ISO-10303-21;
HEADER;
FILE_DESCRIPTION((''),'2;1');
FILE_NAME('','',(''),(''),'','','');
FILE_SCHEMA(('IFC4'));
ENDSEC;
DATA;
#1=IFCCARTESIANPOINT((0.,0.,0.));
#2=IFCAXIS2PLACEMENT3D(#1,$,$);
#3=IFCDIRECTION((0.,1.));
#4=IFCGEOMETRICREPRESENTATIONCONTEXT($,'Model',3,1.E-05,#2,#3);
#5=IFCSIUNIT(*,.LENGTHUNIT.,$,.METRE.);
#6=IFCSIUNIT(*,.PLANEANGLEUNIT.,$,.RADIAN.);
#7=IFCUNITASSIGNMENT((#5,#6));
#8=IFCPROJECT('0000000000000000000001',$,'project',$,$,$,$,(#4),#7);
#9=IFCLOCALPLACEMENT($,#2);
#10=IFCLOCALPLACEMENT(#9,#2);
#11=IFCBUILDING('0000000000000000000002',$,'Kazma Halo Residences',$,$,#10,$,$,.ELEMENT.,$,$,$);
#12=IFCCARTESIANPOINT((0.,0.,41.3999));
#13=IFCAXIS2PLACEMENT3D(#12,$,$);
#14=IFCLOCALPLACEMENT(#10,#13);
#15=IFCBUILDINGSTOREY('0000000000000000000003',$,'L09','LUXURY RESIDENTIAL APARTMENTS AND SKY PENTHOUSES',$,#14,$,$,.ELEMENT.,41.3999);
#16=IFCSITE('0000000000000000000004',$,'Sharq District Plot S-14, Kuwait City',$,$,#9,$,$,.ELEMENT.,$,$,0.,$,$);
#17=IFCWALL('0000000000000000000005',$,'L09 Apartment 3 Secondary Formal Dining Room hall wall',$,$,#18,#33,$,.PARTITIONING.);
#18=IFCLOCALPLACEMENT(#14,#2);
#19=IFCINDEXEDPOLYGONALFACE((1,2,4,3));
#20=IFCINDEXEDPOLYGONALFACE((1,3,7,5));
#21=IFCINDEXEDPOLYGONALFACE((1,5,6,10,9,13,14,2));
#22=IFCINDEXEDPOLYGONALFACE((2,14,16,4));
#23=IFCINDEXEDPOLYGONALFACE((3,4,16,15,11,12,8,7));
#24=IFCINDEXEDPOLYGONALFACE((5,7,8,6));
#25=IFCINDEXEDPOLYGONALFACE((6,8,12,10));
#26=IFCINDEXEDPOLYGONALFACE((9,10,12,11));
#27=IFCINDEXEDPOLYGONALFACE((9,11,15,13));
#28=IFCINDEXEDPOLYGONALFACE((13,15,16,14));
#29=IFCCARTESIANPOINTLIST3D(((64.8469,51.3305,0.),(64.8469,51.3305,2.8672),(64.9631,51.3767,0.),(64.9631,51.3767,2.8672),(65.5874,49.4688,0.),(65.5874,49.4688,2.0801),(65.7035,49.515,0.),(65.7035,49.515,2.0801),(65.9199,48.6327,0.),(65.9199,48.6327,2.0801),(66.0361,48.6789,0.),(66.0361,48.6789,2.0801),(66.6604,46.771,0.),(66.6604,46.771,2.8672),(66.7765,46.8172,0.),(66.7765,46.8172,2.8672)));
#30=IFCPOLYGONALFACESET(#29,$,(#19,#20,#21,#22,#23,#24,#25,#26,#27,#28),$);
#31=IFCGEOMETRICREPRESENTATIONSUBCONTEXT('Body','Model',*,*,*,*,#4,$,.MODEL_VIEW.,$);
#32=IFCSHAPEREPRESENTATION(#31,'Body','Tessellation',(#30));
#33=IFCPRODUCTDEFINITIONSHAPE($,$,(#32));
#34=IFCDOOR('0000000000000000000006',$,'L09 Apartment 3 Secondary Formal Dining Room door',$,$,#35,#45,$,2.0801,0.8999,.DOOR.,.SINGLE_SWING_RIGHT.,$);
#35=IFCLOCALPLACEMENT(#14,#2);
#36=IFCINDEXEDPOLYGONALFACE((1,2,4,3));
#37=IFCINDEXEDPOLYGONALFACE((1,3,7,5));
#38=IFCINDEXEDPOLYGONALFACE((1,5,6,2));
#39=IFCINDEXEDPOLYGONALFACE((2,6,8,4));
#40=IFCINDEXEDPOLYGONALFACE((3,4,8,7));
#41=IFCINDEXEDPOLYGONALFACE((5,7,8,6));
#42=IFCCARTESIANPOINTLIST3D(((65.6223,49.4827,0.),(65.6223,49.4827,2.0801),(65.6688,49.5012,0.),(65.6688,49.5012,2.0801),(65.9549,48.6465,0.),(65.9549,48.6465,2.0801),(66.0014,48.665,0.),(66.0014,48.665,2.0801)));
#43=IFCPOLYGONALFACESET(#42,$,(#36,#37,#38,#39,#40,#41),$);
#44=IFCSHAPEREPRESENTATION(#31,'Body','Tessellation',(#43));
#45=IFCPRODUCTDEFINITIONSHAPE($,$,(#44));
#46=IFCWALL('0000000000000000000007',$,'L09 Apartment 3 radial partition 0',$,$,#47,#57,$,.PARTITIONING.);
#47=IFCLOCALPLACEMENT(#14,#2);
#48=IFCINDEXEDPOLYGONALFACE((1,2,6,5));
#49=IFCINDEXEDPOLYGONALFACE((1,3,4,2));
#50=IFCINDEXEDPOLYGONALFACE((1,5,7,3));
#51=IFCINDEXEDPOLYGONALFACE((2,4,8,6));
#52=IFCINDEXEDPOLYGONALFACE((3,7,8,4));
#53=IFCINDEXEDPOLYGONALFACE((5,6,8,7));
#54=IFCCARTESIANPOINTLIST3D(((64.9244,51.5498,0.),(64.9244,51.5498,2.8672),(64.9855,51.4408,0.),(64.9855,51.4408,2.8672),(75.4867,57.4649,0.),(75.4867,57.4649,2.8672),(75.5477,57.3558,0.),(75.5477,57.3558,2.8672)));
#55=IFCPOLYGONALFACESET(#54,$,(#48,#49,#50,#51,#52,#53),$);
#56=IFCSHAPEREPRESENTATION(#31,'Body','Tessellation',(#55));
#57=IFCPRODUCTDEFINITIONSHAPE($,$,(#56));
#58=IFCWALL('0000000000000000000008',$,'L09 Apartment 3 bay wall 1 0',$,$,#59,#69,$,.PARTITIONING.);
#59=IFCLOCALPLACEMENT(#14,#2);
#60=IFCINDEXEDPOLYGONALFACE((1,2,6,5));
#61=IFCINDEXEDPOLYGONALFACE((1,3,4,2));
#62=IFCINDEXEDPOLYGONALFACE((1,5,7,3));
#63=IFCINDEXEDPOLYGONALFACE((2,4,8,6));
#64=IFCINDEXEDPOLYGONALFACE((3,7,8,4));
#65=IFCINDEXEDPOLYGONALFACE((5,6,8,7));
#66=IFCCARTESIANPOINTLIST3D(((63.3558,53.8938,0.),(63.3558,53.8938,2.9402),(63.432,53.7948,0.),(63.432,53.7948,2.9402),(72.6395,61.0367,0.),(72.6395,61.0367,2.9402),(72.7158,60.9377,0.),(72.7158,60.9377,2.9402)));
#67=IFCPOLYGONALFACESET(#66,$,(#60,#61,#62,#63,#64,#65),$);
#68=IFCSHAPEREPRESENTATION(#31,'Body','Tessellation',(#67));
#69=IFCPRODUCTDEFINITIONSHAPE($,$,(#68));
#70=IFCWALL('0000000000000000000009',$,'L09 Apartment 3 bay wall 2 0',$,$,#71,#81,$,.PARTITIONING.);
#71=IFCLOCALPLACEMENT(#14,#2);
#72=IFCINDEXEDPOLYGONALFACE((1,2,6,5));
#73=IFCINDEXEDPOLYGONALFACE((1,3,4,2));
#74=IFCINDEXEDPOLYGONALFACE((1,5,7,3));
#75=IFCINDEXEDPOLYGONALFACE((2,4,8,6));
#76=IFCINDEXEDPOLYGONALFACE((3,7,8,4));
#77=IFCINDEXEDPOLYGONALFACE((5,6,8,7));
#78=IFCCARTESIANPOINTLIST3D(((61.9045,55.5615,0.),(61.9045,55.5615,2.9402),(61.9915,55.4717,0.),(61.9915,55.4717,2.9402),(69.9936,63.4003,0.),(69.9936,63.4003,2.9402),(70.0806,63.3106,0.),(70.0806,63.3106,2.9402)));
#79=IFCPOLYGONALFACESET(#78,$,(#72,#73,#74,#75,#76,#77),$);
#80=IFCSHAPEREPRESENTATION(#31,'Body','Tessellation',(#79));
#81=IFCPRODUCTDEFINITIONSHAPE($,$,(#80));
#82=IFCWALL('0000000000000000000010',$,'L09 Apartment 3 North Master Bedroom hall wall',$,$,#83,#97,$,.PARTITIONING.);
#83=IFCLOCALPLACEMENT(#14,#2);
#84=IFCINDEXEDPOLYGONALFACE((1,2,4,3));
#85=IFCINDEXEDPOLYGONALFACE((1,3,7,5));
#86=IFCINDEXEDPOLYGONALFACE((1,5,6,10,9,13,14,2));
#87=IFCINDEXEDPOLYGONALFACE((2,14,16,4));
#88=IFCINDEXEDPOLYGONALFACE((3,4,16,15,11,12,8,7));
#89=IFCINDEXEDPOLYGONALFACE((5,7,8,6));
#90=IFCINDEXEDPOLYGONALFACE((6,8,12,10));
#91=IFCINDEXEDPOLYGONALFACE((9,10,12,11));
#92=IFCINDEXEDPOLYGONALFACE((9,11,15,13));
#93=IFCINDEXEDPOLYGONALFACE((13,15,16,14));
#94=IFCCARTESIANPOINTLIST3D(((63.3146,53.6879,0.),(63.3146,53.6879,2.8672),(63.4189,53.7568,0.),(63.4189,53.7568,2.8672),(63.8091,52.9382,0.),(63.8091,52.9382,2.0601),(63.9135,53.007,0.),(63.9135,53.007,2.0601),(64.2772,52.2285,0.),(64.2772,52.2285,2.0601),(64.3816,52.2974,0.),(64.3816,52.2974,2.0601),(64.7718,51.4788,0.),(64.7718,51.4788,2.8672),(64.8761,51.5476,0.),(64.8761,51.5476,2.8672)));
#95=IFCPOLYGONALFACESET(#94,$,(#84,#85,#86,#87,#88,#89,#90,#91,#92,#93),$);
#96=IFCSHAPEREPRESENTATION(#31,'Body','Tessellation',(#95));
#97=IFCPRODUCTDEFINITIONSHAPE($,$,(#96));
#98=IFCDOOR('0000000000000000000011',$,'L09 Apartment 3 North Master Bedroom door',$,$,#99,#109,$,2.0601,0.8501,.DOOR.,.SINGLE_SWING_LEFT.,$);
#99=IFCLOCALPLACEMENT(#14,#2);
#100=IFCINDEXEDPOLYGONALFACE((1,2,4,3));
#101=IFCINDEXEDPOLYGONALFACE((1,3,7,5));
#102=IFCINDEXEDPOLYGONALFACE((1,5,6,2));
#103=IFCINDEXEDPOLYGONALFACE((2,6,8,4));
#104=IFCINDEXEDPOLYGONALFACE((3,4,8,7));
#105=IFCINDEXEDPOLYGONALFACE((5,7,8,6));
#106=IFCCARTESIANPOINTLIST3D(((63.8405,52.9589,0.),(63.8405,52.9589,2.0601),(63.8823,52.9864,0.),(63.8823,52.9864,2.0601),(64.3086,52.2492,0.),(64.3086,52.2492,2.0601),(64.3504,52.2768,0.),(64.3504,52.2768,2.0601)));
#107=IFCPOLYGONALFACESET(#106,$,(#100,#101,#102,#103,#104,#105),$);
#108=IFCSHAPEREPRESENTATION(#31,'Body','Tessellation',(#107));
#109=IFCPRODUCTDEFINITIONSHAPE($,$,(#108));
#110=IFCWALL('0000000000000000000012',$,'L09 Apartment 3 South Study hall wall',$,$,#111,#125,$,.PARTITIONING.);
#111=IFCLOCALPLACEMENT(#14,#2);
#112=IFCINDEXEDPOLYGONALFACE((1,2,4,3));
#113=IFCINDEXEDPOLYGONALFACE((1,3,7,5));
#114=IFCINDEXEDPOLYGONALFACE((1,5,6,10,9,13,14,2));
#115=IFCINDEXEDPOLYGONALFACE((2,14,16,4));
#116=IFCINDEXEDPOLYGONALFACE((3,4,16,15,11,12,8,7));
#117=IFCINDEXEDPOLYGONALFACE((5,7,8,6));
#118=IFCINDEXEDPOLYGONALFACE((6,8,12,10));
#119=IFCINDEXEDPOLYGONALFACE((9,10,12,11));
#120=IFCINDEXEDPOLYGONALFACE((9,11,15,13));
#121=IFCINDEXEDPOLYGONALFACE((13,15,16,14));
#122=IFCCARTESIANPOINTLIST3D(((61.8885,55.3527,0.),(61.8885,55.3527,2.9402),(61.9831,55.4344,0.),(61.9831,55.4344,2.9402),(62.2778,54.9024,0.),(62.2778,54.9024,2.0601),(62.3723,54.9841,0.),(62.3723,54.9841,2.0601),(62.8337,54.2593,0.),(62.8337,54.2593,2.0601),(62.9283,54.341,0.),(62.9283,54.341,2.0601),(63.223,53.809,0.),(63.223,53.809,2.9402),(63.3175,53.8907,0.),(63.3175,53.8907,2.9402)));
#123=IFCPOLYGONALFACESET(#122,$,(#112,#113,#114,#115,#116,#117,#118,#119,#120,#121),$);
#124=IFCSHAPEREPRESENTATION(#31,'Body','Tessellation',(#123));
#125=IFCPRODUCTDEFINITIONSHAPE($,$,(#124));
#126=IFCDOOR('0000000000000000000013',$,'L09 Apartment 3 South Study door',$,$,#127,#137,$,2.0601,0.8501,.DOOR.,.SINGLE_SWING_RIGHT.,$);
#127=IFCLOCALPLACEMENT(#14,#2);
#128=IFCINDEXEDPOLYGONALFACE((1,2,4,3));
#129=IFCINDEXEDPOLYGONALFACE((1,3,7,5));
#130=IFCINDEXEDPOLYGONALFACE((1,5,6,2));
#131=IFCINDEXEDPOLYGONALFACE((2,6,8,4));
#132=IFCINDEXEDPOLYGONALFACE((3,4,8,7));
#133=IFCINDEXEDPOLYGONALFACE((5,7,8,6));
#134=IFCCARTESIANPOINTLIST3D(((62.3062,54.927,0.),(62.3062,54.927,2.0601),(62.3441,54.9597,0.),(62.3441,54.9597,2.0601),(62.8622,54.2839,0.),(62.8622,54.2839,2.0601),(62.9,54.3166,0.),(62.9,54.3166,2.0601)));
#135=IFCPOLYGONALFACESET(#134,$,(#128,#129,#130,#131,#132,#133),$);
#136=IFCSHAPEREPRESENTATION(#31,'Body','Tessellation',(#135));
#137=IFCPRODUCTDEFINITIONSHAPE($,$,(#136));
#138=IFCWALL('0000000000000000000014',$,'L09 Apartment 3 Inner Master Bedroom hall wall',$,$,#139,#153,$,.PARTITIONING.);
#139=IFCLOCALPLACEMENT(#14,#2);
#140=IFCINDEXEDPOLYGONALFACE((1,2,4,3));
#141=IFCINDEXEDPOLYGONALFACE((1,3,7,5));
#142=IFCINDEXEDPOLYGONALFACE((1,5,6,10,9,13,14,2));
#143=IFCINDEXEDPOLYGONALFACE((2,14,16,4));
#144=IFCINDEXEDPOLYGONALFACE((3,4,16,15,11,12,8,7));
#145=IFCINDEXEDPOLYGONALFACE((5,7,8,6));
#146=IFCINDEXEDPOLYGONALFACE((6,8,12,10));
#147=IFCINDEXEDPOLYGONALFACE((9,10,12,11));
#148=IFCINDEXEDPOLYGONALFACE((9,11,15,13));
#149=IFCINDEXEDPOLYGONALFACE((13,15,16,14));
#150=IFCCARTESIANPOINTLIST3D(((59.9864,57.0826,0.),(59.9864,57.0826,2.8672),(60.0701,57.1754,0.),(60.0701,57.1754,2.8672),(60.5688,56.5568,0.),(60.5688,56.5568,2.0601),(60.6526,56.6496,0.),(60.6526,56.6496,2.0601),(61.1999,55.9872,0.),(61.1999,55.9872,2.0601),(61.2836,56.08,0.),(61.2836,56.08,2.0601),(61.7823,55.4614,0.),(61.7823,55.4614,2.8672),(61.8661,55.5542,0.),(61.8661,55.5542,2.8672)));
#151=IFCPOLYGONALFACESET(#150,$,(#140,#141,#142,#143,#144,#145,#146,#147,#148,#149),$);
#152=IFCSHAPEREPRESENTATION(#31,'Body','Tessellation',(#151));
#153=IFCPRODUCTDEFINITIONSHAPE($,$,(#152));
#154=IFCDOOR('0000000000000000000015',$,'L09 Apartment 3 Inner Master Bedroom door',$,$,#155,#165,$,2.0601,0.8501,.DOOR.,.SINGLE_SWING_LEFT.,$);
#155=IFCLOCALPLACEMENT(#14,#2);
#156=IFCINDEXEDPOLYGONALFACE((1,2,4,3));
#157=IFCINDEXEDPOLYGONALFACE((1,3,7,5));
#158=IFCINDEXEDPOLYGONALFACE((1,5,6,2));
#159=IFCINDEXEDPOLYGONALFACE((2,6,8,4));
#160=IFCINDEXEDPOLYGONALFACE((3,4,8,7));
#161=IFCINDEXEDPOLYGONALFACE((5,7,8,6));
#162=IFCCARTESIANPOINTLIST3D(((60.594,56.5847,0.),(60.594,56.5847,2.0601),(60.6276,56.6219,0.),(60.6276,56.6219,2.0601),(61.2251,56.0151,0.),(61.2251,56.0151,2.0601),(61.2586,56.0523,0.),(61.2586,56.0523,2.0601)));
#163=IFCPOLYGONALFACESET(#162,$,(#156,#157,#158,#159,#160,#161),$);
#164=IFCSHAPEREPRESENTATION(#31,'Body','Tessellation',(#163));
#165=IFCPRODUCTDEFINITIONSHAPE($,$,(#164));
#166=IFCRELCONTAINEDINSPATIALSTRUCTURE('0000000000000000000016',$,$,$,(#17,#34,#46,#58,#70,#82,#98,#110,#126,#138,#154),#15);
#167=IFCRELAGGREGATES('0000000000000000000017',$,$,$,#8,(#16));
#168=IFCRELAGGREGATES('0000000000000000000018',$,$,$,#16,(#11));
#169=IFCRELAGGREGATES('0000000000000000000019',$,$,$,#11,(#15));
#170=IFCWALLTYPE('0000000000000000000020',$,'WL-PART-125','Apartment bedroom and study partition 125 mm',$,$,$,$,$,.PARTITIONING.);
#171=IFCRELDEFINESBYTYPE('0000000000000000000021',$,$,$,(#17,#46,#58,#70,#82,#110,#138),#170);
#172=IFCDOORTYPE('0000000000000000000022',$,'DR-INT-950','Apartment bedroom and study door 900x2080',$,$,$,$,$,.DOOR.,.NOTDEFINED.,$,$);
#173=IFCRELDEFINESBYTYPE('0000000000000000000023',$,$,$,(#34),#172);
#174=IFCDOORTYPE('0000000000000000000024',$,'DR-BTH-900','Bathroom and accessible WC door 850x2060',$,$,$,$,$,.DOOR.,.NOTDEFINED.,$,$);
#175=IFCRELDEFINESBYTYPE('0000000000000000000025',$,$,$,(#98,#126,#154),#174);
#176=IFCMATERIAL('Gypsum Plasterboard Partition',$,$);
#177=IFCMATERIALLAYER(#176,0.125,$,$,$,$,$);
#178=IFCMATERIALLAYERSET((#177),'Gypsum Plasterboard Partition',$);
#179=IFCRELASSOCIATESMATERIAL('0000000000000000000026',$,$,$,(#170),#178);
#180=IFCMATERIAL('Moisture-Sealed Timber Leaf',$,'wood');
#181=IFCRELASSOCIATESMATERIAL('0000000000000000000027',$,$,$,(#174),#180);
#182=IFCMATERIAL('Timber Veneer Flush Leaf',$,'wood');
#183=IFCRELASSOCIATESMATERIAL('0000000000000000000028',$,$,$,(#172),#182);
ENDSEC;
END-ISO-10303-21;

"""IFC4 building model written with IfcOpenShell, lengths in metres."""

from ifc_helpers import new_model, si_unit, direction, frame, frame_2d, origin, place, context, subcontext, project, spatial, rectangle, extrude, material, layer, layer_set, type_object, element, fill, save


model = new_model("IFC4")

# Units and contexts
model_context = context("Model", 3, precision=1e-05, world=origin(), true_north=direction((0.0, 1.0)))
body_context = subcontext(model_context, "Body", "Model", "MODEL_VIEW")
ifc_project = project(units=[si_unit("LENGTHUNIT", "METRE"), si_unit("PLANEANGLEUNIT", "RADIAN")], contexts=[model_context])

# Site, building, storey
site_placement = place(None, origin())
site = spatial("IfcSite", under=ifc_project, at=site_placement, Name="Sharq District Plot S-14, Kuwait City", CompositionType="ELEMENT", RefElevation=0.0)
building_placement = place(site_placement, origin())
building = spatial("IfcBuilding", under=site, at=building_placement, Name="Kazma Halo Residences", CompositionType="ELEMENT")
storey_placement = place(building_placement, frame((0.0, 0.0, 41.3999)))
storey = spatial("IfcBuildingStorey", under=building, at=storey_placement, Name="L09", Description="LUXURY RESIDENTIAL APARTMENTS AND SKY PENTHOUSES", CompositionType="ELEMENT", Elevation=41.3999)

# Shared definitions
ifc_material_1 = material(Name="Gypsum Plasterboard Partition")
ifc_layer_1 = layer(ifc_material_1, 0.125)
ifc_layer_set_1 = layer_set([ifc_layer_1], Name="Gypsum Plasterboard Partition")
wall_type_1 = type_object("IfcWallType", Name="WL-PART-125", Description="Apartment bedroom and study partition 125 mm", PredefinedType="PARTITIONING", material=ifc_layer_set_1)

# Wall, opening, door
ifc_material_2 = material(Name="Moisture-Sealed Timber Leaf", Category="wood")
door_type_1 = type_object("IfcDoorType", Name="DR-BTH-900", Description="Bathroom and accessible WC door 850x2060", OperationType="NOTDEFINED", PredefinedType="DOOR", material=ifc_material_2)
wall_1_placement = place(storey_placement, frame((66.7185, 46.7939, 0.0), z_axis=(0.0, 0.0, 1.0), x_axis=(-0.369571, 0.929202, 0.0)))
wall_1 = element("IfcWall", 1, at=wall_1_placement, inside=storey, type_object=wall_type_1, Name="L09 Apartment 3 Secondary Formal Dining Room hall wall", PredefinedType="PARTITIONING", context=body_context, shape_type="SweptSolid", body=[
    extrude(rectangle(XDim=4.907, YDim=0.125, at=frame_2d((2.4536, 0.0))), origin(), (0.0, 0.0, 1.0), 2.8672),
])
opening_1_placement = place(wall_1_placement, frame((2.0037, 0.0, 0.0)))
opening_1 = element("IfcOpeningElement", 2, at=opening_1_placement, cuts=wall_1, PredefinedType="OPENING", context=body_context, shape_type="SweptSolid", body=[
    extrude(rectangle(XDim=0.8999, YDim=2.0801, at=frame_2d((0.45, 1.04))), frame((0.0, 0.0725, 0.0), z_axis=(0.0, -1.0, 0.0), x_axis=(1.0, 0.0, 0.0)), (0.0, 0.0, 1.0), 0.145),
])
ifc_material_3 = material(Name="Timber Veneer Flush Leaf", Category="wood")
door_type_2 = type_object("IfcDoorType", Name="DR-INT-950", Description="Apartment bedroom and study door 900x2080", OperationType="NOTDEFINED", PredefinedType="DOOR", material=ifc_material_3)
door_1_placement = place(opening_1_placement, origin())
door_1 = element("IfcDoor", 3, at=door_1_placement, inside=storey, type_object=door_type_2, Name="L09 Apartment 3 Secondary Formal Dining Room door", OperationType="SINGLE_SWING_RIGHT", OverallHeight=2.0801, OverallWidth=0.8999, PredefinedType="DOOR", context=body_context, shape_type="SweptSolid", body=[
    extrude(rectangle(XDim=0.8999, YDim=2.0801, at=frame_2d((0.45, 1.04))), frame((0.0, 0.0249, 0.0), z_axis=(0.0, -1.0, 0.0), x_axis=(1.0, 0.0, 0.0)), (0.0, 0.0, 1.0), 0.05),
])
fill(opening_1, door_1)

# Walls
wall_2_placement = place(storey_placement, frame((64.9551, 51.4954, 0.0), z_axis=(0.0, 0.0, 1.0), x_axis=(0.8725, 0.488614, 0.0)))
element("IfcWall", 4, at=wall_2_placement, inside=storey, type_object=wall_type_1, Name="L09 Apartment 3 radial partition 0", PredefinedType="PARTITIONING", context=body_context, shape_type="SweptSolid", body=[
    extrude(rectangle(XDim=12.1057, YDim=0.125, at=frame_2d((6.0527, 0.0))), origin(), (0.0, 0.0, 1.0), 2.8672),
])
wall_3_placement = place(storey_placement, frame((63.3938, 53.8442, 0.0), z_axis=(0.0, 0.0, 1.0), x_axis=(0.792561, 0.609792, 0.0)))
element("IfcWall", 5, at=wall_3_placement, inside=storey, type_object=wall_type_1, Name="L09 Apartment 3 bay wall 1 0", PredefinedType="PARTITIONING", context=body_context, shape_type="SweptSolid", body=[
    extrude(rectangle(XDim=11.7136, YDim=0.125, at=frame_2d((5.8569, 0.0))), origin(), (0.0, 0.0, 1.0), 2.9402),
])
wall_4_placement = place(storey_placement, frame((61.948, 55.5166, 0.0), z_axis=(0.0, 0.0, 1.0), x_axis=(0.718127, 0.695912, 0.0)))
element("IfcWall", 6, at=wall_4_placement, inside=storey, type_object=wall_type_1, Name="L09 Apartment 3 bay wall 2 0", PredefinedType="PARTITIONING", context=body_context, shape_type="SweptSolid", body=[
    extrude(rectangle(XDim=11.2642, YDim=0.125, at=frame_2d((5.6321, 0.0))), origin(), (0.0, 0.0, 1.0), 2.9402),
])

# Walls, openings, doors
wall_5_placement = place(storey_placement, frame((64.824, 51.5132, 0.0), z_axis=(0.0, 0.0, 1.0), x_axis=(-0.550628, 0.834751, 0.0)))
wall_5 = element("IfcWall", 7, at=wall_5_placement, inside=storey, type_object=wall_type_1, Name="L09 Apartment 3 North Master Bedroom hall wall", PredefinedType="PARTITIONING", context=body_context, shape_type="SweptSolid", body=[
    extrude(rectangle(XDim=2.6465, YDim=0.125, at=frame_2d((1.3232, 0.0))), origin(), (0.0, 0.0, 1.0), 2.8672),
])
opening_2_placement = place(wall_5_placement, frame((0.8982, 0.0, 0.0)))
opening_2 = element("IfcOpeningElement", 8, at=opening_2_placement, cuts=wall_5, PredefinedType="OPENING", context=body_context, shape_type="SweptSolid", body=[
    extrude(rectangle(XDim=0.8501, YDim=2.0601, at=frame_2d((0.425, 1.03))), frame((0.0, 0.0725, 0.0), z_axis=(0.0, -1.0, 0.0), x_axis=(1.0, 0.0, 0.0)), (0.0, 0.0, 1.0), 0.145),
])
door_2_placement = place(opening_2_placement, origin())
door_2 = element("IfcDoor", 9, at=door_2_placement, inside=storey, type_object=door_type_1, Name="L09 Apartment 3 North Master Bedroom door", OperationType="SINGLE_SWING_LEFT", OverallHeight=2.0601, OverallWidth=0.8501, PredefinedType="DOOR", context=body_context, shape_type="SweptSolid", body=[
    extrude(rectangle(XDim=0.8501, YDim=2.0601, at=frame_2d((0.425, 1.03))), frame((0.0, 0.0249, 0.0), z_axis=(0.0, -1.0, 0.0), x_axis=(1.0, 0.0, 0.0)), (0.0, 0.0, 1.0), 0.05),
])
fill(opening_2, door_2)
wall_6_placement = place(storey_placement, frame((63.2703, 53.8499, 0.0), z_axis=(0.0, 0.0, 1.0), x_axis=(-0.653978, 0.756514, 0.0)))
wall_6 = element("IfcWall", 10, at=wall_6_placement, inside=storey, type_object=wall_type_1, Name="L09 Apartment 3 South Study hall wall", PredefinedType="PARTITIONING", context=body_context, shape_type="SweptSolid", body=[
    extrude(rectangle(XDim=2.0405, YDim=0.125, at=frame_2d((1.0203, 0.0))), origin(), (0.0, 0.0, 1.0), 2.9402),
])
opening_3_placement = place(wall_6_placement, frame((0.5952, 0.0, 0.0)))
opening_3 = element("IfcOpeningElement", 11, at=opening_3_placement, cuts=wall_6, PredefinedType="OPENING", context=body_context, shape_type="SweptSolid", body=[
    extrude(rectangle(XDim=0.8501, YDim=2.0601, at=frame_2d((0.425, 1.03))), frame((0.0, 0.0725, 0.0), z_axis=(0.0, -1.0, 0.0), x_axis=(1.0, 0.0, 0.0)), (0.0, 0.0, 1.0), 0.145),
])
door_3_placement = place(opening_3_placement, origin())
door_3 = element("IfcDoor", 12, at=door_3_placement, inside=storey, type_object=door_type_1, Name="L09 Apartment 3 South Study door", OperationType="SINGLE_SWING_RIGHT", OverallHeight=2.0601, OverallWidth=0.8501, PredefinedType="DOOR", context=body_context, shape_type="SweptSolid", body=[
    extrude(rectangle(XDim=0.8501, YDim=2.0601, at=frame_2d((0.425, 1.03))), frame((0.0, 0.0249, 0.0), z_axis=(0.0, -1.0, 0.0), x_axis=(1.0, 0.0, 0.0)), (0.0, 0.0, 1.0), 0.05),
])
fill(opening_3, door_3)
wall_7_placement = place(storey_placement, frame((61.8242, 55.5078, 0.0), z_axis=(0.0, 0.0, 1.0), x_axis=(-0.74231, 0.670057, 0.0)))
wall_7 = element("IfcWall", 13, at=wall_7_placement, inside=storey, type_object=wall_type_1, Name="L09 Apartment 3 Inner Master Bedroom hall wall", PredefinedType="PARTITIONING", context=body_context, shape_type="SweptSolid", body=[
    extrude(rectangle(XDim=2.4194, YDim=0.125, at=frame_2d((1.2097, 0.0))), origin(), (0.0, 0.0, 1.0), 2.8672),
])
opening_4_placement = place(wall_7_placement, frame((0.7847, 0.0, 0.0)))
opening_4 = element("IfcOpeningElement", 14, at=opening_4_placement, cuts=wall_7, PredefinedType="OPENING", context=body_context, shape_type="SweptSolid", body=[
    extrude(rectangle(XDim=0.8501, YDim=2.0601, at=frame_2d((0.425, 1.03))), frame((0.0, 0.0725, 0.0), z_axis=(0.0, -1.0, 0.0), x_axis=(1.0, 0.0, 0.0)), (0.0, 0.0, 1.0), 0.145),
])
door_4_placement = place(opening_4_placement, origin())
door_4 = element("IfcDoor", 15, at=door_4_placement, inside=storey, type_object=door_type_1, Name="L09 Apartment 3 Inner Master Bedroom door", OperationType="SINGLE_SWING_LEFT", OverallHeight=2.0601, OverallWidth=0.8501, PredefinedType="DOOR", context=body_context, shape_type="SweptSolid", body=[
    extrude(rectangle(XDim=0.8501, YDim=2.0601, at=frame_2d((0.425, 1.03))), frame((0.0, 0.0249, 0.0), z_axis=(0.0, -1.0, 0.0), x_axis=(1.0, 0.0, 0.0)), (0.0, 0.0, 1.0), 0.05),
])
fill(opening_4, door_4)

save(model, "model.ifc")
